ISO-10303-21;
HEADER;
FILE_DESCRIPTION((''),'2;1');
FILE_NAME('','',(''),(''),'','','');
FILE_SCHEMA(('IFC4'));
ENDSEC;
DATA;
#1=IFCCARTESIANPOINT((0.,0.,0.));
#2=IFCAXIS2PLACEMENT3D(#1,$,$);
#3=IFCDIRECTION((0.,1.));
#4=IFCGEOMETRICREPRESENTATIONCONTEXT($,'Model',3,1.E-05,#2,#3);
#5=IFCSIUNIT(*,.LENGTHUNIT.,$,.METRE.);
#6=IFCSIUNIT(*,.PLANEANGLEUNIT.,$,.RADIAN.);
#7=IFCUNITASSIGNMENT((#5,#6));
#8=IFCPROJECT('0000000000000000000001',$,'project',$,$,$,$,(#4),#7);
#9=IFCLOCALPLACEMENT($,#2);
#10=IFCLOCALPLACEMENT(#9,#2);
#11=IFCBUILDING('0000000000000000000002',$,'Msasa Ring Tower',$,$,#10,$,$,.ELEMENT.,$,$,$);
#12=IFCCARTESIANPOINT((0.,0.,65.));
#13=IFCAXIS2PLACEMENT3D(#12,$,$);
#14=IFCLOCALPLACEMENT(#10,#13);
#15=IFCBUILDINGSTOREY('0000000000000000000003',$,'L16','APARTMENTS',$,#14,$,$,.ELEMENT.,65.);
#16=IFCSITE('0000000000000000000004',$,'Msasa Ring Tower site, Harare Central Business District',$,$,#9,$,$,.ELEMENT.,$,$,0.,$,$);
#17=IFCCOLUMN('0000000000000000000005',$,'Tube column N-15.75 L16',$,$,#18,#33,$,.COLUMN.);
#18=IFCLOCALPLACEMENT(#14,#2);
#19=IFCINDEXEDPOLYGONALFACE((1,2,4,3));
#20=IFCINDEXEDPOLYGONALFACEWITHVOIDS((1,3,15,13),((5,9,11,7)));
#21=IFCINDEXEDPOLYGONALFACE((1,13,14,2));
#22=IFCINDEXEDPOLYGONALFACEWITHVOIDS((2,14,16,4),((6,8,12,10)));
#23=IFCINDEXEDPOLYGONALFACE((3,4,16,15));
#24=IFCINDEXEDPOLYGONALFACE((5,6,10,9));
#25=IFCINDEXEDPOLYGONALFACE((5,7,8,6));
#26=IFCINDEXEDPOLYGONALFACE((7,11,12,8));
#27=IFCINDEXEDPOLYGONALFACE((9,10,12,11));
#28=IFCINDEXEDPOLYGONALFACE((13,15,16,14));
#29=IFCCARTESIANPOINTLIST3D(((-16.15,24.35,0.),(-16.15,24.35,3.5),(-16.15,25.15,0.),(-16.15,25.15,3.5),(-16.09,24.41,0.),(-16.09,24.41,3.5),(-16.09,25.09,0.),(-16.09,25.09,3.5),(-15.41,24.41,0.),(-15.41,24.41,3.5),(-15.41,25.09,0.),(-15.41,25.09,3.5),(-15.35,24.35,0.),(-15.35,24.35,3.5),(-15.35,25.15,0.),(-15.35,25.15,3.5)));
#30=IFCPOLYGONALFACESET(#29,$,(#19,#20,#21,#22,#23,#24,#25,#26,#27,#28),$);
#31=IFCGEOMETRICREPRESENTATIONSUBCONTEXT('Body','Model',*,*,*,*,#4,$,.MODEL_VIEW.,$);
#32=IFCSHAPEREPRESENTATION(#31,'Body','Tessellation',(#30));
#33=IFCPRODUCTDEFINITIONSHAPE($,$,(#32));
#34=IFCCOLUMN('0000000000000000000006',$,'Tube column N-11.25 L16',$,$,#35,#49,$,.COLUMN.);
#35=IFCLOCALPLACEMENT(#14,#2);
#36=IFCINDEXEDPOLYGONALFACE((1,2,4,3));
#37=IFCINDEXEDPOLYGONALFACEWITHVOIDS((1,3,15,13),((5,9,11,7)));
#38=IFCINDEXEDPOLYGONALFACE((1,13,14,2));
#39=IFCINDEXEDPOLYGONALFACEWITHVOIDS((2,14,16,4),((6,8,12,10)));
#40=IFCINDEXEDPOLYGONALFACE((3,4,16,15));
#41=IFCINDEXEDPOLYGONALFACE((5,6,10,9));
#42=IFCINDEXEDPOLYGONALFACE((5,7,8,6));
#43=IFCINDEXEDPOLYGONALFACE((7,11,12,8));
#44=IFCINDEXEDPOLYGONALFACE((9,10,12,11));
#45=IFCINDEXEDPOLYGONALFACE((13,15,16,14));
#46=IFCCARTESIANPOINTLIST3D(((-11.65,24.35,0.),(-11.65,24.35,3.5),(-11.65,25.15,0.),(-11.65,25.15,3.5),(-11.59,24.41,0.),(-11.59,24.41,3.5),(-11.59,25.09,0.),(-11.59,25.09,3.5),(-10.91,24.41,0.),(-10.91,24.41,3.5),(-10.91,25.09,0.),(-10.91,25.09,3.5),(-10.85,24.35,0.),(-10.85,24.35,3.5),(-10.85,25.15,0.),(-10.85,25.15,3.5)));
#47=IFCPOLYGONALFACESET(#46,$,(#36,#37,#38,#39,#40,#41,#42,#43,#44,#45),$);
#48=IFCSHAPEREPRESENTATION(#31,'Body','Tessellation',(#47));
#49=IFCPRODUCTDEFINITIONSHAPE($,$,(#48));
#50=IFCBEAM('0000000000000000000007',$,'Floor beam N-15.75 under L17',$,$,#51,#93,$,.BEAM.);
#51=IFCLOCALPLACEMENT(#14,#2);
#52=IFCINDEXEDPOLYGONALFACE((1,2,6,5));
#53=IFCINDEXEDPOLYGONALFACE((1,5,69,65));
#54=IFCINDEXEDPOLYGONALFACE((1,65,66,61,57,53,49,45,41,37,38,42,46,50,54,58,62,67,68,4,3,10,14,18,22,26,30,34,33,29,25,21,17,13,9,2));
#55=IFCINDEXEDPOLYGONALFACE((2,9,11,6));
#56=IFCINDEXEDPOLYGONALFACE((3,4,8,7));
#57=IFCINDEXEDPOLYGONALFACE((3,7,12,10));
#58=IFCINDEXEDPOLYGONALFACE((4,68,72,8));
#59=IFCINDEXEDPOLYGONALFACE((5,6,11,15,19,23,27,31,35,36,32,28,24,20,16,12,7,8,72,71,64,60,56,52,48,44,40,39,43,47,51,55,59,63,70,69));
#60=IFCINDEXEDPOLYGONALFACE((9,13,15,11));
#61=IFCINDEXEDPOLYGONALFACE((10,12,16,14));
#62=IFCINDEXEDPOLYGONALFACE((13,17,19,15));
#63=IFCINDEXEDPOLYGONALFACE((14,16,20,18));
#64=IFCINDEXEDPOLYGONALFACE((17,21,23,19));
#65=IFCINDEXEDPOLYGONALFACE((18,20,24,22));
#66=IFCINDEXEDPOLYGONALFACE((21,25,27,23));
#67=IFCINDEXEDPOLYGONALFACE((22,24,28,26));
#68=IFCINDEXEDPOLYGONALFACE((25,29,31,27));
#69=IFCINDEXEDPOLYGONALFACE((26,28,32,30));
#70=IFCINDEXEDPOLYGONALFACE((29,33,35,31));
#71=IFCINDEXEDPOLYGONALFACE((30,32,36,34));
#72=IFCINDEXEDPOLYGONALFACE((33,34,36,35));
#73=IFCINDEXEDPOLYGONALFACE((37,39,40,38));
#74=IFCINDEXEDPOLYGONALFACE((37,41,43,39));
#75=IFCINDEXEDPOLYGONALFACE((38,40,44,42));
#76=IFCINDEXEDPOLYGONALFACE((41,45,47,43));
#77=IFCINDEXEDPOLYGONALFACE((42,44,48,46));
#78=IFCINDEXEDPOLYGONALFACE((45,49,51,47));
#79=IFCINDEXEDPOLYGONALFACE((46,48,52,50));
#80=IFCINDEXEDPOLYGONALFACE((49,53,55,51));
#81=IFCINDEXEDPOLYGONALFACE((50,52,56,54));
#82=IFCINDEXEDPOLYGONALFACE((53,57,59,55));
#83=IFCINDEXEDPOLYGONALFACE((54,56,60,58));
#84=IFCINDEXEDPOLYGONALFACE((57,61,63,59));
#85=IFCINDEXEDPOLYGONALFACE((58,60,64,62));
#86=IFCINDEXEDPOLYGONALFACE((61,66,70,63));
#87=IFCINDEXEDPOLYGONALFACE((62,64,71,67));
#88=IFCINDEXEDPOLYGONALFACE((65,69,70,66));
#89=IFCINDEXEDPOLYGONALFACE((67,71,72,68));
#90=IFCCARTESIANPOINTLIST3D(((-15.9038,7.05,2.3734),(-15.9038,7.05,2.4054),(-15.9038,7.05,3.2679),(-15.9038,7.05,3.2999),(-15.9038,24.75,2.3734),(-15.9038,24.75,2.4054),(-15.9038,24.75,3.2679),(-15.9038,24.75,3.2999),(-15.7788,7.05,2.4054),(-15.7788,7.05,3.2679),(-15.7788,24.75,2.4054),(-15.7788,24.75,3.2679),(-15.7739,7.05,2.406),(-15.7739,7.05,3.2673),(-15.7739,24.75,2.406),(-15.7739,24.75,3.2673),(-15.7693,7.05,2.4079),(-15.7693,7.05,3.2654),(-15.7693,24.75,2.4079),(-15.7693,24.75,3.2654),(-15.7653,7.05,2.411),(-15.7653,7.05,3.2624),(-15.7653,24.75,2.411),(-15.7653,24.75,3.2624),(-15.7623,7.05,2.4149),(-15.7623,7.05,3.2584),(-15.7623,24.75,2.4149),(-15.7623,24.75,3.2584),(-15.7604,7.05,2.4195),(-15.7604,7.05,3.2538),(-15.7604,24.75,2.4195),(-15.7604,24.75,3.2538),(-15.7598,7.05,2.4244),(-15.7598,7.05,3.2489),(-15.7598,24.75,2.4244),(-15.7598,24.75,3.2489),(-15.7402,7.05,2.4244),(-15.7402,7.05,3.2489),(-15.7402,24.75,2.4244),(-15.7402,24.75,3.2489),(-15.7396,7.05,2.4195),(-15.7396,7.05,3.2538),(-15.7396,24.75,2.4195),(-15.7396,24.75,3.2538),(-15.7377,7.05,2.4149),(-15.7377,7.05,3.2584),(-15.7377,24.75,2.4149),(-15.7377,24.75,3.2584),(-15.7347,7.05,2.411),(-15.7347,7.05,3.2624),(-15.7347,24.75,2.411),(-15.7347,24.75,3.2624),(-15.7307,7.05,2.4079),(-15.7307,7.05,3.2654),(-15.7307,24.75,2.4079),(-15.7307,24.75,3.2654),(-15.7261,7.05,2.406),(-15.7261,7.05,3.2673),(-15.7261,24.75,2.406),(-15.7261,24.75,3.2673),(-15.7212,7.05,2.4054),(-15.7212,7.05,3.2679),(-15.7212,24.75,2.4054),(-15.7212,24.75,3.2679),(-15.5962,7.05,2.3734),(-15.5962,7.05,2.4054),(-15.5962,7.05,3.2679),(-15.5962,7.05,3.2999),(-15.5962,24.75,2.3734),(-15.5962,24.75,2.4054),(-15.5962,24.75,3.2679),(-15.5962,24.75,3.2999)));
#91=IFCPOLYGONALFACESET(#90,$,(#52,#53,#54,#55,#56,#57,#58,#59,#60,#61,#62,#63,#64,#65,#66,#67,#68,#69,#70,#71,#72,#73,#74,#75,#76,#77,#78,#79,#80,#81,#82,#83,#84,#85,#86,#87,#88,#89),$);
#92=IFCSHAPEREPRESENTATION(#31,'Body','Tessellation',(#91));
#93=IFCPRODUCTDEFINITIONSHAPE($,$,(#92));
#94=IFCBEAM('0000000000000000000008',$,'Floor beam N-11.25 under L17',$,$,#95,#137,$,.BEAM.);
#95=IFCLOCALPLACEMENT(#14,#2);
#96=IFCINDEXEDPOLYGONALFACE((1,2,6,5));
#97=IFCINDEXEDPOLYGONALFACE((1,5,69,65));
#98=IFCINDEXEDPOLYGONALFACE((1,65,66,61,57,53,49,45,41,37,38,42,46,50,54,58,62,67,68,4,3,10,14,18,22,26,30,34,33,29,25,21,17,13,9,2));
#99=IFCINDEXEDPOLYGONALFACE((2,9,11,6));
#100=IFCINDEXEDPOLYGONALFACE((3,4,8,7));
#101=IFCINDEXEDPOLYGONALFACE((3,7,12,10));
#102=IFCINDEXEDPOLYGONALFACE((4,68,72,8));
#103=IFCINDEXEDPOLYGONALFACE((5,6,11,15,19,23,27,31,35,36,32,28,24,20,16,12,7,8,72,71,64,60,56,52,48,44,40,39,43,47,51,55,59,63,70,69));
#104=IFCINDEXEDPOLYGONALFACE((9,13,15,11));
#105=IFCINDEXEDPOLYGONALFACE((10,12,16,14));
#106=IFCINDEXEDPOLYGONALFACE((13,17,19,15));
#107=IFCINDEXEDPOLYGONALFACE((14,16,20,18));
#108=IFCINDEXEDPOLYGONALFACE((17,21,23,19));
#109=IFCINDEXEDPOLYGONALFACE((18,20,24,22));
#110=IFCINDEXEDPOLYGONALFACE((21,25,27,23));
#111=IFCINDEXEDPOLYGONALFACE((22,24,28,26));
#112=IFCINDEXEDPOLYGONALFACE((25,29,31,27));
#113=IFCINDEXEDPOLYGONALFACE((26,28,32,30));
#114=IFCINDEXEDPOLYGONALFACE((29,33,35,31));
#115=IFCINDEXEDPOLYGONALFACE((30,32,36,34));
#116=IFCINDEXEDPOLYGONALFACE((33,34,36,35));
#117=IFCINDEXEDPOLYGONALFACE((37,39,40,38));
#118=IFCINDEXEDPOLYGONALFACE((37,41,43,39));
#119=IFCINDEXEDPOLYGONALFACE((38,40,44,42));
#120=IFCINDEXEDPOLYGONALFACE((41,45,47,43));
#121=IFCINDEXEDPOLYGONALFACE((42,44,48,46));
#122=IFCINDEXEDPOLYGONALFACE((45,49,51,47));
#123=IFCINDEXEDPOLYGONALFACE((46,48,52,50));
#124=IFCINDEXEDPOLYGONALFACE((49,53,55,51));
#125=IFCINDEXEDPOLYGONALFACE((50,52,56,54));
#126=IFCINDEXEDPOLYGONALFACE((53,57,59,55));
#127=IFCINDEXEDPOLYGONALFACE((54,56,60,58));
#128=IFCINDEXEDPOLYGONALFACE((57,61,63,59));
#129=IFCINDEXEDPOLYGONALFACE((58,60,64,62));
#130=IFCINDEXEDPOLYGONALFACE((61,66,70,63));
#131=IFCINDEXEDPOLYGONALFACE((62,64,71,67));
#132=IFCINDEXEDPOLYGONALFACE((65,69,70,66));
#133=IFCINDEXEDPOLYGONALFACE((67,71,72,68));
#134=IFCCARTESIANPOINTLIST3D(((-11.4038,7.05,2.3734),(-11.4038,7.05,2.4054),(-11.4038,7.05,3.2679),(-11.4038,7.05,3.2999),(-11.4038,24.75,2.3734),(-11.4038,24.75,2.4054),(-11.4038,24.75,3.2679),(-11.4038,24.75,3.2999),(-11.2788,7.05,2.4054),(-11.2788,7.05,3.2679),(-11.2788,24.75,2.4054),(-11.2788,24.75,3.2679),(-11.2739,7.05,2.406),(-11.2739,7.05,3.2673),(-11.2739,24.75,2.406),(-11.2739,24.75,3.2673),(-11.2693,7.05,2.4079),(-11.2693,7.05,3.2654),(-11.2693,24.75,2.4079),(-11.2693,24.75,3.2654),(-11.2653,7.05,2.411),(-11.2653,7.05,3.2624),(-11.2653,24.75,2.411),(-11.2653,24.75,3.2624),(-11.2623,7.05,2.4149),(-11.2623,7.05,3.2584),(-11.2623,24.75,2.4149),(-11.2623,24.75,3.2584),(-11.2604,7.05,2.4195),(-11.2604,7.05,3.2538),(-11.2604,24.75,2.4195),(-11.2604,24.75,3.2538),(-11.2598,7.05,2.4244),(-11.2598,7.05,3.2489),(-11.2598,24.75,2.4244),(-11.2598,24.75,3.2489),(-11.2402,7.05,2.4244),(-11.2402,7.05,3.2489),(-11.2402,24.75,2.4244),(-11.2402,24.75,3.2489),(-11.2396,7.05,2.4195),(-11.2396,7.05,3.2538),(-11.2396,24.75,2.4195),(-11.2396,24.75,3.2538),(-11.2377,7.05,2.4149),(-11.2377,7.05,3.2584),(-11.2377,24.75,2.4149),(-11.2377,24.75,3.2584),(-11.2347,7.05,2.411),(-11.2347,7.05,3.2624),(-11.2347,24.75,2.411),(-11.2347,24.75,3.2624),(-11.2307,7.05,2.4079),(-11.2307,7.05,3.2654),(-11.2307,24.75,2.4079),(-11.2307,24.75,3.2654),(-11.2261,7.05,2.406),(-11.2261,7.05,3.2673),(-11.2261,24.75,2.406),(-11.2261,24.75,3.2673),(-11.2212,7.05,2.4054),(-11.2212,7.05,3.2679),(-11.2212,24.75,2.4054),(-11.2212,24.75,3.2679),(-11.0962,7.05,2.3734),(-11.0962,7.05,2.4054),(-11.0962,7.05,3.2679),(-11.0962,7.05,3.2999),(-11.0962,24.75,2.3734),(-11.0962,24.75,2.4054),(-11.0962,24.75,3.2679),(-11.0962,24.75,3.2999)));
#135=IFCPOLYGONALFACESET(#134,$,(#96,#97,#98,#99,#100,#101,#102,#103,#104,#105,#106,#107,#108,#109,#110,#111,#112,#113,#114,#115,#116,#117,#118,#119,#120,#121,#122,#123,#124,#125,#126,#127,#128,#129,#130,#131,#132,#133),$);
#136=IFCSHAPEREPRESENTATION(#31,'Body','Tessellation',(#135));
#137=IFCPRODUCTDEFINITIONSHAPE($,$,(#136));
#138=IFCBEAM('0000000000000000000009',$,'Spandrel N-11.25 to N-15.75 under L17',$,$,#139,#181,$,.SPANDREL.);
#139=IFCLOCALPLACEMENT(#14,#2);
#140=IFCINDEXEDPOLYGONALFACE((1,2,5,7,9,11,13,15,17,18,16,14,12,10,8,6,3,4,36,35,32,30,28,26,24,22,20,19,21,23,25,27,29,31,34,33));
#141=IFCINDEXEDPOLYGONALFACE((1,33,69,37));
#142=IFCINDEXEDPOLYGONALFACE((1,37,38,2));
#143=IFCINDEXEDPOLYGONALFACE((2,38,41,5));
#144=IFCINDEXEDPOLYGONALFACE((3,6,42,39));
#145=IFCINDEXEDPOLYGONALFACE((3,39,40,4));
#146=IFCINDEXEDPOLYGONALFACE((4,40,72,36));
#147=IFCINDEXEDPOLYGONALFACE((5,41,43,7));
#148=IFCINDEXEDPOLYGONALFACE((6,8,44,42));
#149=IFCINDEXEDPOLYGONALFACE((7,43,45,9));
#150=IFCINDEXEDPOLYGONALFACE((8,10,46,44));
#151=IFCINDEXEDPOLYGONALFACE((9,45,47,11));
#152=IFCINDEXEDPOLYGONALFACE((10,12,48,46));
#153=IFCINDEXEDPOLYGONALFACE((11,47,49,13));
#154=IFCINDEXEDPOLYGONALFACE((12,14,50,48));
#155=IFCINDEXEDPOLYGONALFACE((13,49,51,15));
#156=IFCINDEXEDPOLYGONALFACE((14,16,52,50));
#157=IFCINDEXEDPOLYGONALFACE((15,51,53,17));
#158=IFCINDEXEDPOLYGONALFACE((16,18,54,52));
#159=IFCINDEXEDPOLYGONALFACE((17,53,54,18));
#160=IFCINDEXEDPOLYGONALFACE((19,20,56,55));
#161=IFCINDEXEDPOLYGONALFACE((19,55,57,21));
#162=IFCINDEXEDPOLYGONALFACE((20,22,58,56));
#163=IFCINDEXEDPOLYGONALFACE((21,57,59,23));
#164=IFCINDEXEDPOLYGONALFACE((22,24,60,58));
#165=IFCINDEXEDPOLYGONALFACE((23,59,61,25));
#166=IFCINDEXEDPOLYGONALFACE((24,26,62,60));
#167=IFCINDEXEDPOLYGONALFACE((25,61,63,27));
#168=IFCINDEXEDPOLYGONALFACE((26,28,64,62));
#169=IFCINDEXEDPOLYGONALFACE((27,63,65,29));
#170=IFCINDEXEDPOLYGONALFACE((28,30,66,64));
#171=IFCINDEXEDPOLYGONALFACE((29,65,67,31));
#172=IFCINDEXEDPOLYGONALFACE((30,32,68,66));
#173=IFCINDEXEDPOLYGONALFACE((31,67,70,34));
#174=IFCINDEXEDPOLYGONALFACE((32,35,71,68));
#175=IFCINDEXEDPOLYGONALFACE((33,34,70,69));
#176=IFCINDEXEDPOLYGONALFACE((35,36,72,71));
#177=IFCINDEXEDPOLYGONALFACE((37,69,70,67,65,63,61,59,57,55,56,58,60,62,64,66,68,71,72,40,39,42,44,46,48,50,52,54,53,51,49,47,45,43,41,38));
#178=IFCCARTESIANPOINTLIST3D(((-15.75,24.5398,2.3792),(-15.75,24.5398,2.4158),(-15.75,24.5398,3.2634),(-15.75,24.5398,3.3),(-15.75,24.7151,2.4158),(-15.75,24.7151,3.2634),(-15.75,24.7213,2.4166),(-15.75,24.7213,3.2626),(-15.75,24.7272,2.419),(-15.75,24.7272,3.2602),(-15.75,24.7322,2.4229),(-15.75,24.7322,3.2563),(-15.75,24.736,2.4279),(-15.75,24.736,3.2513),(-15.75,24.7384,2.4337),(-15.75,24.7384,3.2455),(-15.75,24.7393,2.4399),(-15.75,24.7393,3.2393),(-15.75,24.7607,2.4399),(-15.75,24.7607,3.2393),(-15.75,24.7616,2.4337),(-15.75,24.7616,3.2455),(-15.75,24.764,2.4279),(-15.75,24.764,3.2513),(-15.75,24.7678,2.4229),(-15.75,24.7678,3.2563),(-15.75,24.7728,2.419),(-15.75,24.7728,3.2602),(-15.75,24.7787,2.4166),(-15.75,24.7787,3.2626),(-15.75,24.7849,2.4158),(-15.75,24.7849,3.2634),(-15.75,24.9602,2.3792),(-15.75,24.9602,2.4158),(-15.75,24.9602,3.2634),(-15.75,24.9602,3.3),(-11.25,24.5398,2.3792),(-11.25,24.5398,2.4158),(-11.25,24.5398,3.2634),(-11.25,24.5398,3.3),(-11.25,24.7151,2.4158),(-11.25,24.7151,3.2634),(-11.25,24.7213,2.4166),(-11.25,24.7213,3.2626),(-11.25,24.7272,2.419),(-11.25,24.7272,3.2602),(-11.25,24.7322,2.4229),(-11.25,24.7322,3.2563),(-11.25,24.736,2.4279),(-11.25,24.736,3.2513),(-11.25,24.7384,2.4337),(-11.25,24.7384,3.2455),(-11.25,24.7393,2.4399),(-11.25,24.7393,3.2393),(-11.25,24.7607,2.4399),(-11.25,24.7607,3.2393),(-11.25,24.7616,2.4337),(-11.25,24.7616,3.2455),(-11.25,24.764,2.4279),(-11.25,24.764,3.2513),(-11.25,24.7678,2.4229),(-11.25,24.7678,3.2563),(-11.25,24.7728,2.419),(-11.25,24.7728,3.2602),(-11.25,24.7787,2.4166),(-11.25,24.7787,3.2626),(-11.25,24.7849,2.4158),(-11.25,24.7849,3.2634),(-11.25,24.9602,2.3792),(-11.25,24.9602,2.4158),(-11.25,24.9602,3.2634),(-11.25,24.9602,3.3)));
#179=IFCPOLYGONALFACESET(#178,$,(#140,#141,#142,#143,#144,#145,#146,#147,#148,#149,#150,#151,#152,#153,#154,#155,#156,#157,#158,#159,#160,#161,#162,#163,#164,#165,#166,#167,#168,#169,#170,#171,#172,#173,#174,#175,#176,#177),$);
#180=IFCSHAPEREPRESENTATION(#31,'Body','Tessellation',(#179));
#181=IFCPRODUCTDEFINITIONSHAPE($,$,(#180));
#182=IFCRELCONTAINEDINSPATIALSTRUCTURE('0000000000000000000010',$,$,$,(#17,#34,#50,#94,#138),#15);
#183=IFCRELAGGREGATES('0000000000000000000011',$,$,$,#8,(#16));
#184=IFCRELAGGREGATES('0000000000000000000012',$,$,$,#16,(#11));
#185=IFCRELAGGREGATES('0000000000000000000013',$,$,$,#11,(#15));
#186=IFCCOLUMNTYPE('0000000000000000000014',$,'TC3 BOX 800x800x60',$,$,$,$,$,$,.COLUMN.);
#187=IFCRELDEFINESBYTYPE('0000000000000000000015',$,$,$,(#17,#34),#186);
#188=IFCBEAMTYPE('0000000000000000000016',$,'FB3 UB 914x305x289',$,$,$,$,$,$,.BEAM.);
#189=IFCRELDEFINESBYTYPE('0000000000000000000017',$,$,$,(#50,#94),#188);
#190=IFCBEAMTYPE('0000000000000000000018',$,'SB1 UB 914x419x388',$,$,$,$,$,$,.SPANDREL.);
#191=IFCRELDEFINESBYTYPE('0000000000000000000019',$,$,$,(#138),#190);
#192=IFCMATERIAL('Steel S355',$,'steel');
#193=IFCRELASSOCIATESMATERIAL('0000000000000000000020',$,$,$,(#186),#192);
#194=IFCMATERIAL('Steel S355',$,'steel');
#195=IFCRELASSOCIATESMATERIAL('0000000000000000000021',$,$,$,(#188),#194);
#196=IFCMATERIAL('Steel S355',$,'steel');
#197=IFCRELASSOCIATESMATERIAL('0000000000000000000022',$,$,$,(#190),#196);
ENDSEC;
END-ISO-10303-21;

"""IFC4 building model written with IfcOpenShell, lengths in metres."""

from ifc_helpers import new_model, si_unit, direction, frame, origin, origin_2d, place, context, subcontext, project, spatial, hollow_rectangle, i_section, extrude, material, material_profile, profile_set, type_object, element, save


model = new_model("IFC4")

# Units and contexts
model_context = context("Model", 3, precision=1e-05, world=origin(), true_north=direction((0.0, 1.0)))
body_context = subcontext(model_context, "Body", "Model", "MODEL_VIEW")
ifc_project = project(units=[si_unit("LENGTHUNIT", "METRE"), si_unit("PLANEANGLEUNIT", "RADIAN")], contexts=[model_context])

# Site, building, storey
site_placement = place(None, origin())
site = spatial("IfcSite", under=ifc_project, at=site_placement, Name="Msasa Ring Tower site, Harare Central Business District", CompositionType="ELEMENT", RefElevation=0.0)
building_placement = place(site_placement, origin())
building = spatial("IfcBuilding", under=site, at=building_placement, Name="Msasa Ring Tower", CompositionType="ELEMENT")
storey_placement = place(building_placement, frame((0.0, 0.0, 65.0)))
storey = spatial("IfcBuildingStorey", under=building, at=storey_placement, Name="L16", Description="APARTMENTS", CompositionType="ELEMENT", Elevation=65.0)

# Columns
ifc_material_1 = material(Name="Steel S355", Category="steel")
ifc_material_profile_1 = material_profile(ifc_material_1, hollow_rectangle(XDim=0.8, YDim=0.8, WallThickness=0.0601, at=origin_2d()), Name="BOX 800x800x60")
ifc_profile_set_1 = profile_set([ifc_material_profile_1], Name="Steel S355")
column_type = type_object("IfcColumnType", Name="TC3 BOX 800x800x60", PredefinedType="COLUMN", material=ifc_profile_set_1)
for number, where, z_axis, x_axis, name in (
    (1, (-15.75, 24.75, 0.0), (0.0, 0.0, 1.0), (0.0, 1.0, 0.0), "Tube column N-15.75 L16"),
    (2, (-11.25, 24.75, 0.0), (0.0, 0.0, 1.0), (0.0, 1.0, 0.0), "Tube column N-11.25 L16"),
):
    element("IfcColumn", number, at=place(storey_placement, frame(where, z_axis=z_axis, x_axis=x_axis)), inside=storey, type_object=column_type, Name=name, PredefinedType="COLUMN", context=body_context, shape_type="SweptSolid", body=[
        extrude(hollow_rectangle(XDim=0.8, YDim=0.8, WallThickness=0.0601, at=origin_2d()), origin(), (0.0, 0.0, 1.0), 3.5),
    ])

# Beams
ifc_material_2 = material(Name="Steel S355", Category="steel")
ifc_material_profile_2 = material_profile(ifc_material_2, i_section(OverallWidth=0.3076, OverallDepth=0.9265, WebThickness=0.0195, FlangeThickness=0.032, FilletRadius=0.019, at=origin_2d()), Name="UB 914x305x289")
ifc_profile_set_2 = profile_set([ifc_material_profile_2], Name="Steel S355")
beam_type_1 = type_object("IfcBeamType", Name="FB3 UB 914x305x289", PredefinedType="BEAM", material=ifc_profile_set_2)
for number, where, z_axis, x_axis, name in (
    (3, (-15.75, 24.75, 2.8367), (0.0, -1.0, 0.0), (1.0, 0.0, 0.0), "Floor beam N-15.75 under L17"),
    (4, (-11.25, 24.75, 2.8367), (0.0, -1.0, 0.0), (1.0, 0.0, 0.0), "Floor beam N-11.25 under L17"),
):
    element("IfcBeam", number, at=place(storey_placement, frame(where, z_axis=z_axis, x_axis=x_axis)), inside=storey, type_object=beam_type_1, Name=name, PredefinedType="BEAM", context=body_context, shape_type="SweptSolid", body=[
        extrude(i_section(OverallWidth=0.3076, OverallDepth=0.9265, WebThickness=0.0195, FlangeThickness=0.032, FilletRadius=0.019, at=origin_2d()), origin(), (0.0, 0.0, 1.0), 17.7),
    ])
ifc_material_3 = material(Name="Steel S355", Category="steel")
ifc_material_profile_3 = material_profile(ifc_material_3, i_section(OverallWidth=0.4204, OverallDepth=0.9209, WebThickness=0.0215, FlangeThickness=0.0366, FilletRadius=0.0242, at=origin_2d()), Name="UB 914x419x388")
ifc_profile_set_3 = profile_set([ifc_material_profile_3], Name="Steel S355")
beam_type_2 = type_object("IfcBeamType", Name="SB1 UB 914x419x388", PredefinedType="SPANDREL", material=ifc_profile_set_3)
for number, where, z_axis, x_axis, name in (
    (5, (-11.25, 24.75, 2.8396), (-1.0, 0.0, 0.0), (0.0, -1.0, 0.0), "Spandrel N-11.25 to N-15.75 under L17"),
):
    element("IfcBeam", number, at=place(storey_placement, frame(where, z_axis=z_axis, x_axis=x_axis)), inside=storey, type_object=beam_type_2, Name=name, PredefinedType="SPANDREL", context=body_context, shape_type="SweptSolid", body=[
        extrude(i_section(OverallWidth=0.4204, OverallDepth=0.9209, WebThickness=0.0215, FlangeThickness=0.0366, FilletRadius=0.0242, at=origin_2d()), origin(), (0.0, 0.0, 1.0), 4.5),
    ])

save(model, "model.ifc")
